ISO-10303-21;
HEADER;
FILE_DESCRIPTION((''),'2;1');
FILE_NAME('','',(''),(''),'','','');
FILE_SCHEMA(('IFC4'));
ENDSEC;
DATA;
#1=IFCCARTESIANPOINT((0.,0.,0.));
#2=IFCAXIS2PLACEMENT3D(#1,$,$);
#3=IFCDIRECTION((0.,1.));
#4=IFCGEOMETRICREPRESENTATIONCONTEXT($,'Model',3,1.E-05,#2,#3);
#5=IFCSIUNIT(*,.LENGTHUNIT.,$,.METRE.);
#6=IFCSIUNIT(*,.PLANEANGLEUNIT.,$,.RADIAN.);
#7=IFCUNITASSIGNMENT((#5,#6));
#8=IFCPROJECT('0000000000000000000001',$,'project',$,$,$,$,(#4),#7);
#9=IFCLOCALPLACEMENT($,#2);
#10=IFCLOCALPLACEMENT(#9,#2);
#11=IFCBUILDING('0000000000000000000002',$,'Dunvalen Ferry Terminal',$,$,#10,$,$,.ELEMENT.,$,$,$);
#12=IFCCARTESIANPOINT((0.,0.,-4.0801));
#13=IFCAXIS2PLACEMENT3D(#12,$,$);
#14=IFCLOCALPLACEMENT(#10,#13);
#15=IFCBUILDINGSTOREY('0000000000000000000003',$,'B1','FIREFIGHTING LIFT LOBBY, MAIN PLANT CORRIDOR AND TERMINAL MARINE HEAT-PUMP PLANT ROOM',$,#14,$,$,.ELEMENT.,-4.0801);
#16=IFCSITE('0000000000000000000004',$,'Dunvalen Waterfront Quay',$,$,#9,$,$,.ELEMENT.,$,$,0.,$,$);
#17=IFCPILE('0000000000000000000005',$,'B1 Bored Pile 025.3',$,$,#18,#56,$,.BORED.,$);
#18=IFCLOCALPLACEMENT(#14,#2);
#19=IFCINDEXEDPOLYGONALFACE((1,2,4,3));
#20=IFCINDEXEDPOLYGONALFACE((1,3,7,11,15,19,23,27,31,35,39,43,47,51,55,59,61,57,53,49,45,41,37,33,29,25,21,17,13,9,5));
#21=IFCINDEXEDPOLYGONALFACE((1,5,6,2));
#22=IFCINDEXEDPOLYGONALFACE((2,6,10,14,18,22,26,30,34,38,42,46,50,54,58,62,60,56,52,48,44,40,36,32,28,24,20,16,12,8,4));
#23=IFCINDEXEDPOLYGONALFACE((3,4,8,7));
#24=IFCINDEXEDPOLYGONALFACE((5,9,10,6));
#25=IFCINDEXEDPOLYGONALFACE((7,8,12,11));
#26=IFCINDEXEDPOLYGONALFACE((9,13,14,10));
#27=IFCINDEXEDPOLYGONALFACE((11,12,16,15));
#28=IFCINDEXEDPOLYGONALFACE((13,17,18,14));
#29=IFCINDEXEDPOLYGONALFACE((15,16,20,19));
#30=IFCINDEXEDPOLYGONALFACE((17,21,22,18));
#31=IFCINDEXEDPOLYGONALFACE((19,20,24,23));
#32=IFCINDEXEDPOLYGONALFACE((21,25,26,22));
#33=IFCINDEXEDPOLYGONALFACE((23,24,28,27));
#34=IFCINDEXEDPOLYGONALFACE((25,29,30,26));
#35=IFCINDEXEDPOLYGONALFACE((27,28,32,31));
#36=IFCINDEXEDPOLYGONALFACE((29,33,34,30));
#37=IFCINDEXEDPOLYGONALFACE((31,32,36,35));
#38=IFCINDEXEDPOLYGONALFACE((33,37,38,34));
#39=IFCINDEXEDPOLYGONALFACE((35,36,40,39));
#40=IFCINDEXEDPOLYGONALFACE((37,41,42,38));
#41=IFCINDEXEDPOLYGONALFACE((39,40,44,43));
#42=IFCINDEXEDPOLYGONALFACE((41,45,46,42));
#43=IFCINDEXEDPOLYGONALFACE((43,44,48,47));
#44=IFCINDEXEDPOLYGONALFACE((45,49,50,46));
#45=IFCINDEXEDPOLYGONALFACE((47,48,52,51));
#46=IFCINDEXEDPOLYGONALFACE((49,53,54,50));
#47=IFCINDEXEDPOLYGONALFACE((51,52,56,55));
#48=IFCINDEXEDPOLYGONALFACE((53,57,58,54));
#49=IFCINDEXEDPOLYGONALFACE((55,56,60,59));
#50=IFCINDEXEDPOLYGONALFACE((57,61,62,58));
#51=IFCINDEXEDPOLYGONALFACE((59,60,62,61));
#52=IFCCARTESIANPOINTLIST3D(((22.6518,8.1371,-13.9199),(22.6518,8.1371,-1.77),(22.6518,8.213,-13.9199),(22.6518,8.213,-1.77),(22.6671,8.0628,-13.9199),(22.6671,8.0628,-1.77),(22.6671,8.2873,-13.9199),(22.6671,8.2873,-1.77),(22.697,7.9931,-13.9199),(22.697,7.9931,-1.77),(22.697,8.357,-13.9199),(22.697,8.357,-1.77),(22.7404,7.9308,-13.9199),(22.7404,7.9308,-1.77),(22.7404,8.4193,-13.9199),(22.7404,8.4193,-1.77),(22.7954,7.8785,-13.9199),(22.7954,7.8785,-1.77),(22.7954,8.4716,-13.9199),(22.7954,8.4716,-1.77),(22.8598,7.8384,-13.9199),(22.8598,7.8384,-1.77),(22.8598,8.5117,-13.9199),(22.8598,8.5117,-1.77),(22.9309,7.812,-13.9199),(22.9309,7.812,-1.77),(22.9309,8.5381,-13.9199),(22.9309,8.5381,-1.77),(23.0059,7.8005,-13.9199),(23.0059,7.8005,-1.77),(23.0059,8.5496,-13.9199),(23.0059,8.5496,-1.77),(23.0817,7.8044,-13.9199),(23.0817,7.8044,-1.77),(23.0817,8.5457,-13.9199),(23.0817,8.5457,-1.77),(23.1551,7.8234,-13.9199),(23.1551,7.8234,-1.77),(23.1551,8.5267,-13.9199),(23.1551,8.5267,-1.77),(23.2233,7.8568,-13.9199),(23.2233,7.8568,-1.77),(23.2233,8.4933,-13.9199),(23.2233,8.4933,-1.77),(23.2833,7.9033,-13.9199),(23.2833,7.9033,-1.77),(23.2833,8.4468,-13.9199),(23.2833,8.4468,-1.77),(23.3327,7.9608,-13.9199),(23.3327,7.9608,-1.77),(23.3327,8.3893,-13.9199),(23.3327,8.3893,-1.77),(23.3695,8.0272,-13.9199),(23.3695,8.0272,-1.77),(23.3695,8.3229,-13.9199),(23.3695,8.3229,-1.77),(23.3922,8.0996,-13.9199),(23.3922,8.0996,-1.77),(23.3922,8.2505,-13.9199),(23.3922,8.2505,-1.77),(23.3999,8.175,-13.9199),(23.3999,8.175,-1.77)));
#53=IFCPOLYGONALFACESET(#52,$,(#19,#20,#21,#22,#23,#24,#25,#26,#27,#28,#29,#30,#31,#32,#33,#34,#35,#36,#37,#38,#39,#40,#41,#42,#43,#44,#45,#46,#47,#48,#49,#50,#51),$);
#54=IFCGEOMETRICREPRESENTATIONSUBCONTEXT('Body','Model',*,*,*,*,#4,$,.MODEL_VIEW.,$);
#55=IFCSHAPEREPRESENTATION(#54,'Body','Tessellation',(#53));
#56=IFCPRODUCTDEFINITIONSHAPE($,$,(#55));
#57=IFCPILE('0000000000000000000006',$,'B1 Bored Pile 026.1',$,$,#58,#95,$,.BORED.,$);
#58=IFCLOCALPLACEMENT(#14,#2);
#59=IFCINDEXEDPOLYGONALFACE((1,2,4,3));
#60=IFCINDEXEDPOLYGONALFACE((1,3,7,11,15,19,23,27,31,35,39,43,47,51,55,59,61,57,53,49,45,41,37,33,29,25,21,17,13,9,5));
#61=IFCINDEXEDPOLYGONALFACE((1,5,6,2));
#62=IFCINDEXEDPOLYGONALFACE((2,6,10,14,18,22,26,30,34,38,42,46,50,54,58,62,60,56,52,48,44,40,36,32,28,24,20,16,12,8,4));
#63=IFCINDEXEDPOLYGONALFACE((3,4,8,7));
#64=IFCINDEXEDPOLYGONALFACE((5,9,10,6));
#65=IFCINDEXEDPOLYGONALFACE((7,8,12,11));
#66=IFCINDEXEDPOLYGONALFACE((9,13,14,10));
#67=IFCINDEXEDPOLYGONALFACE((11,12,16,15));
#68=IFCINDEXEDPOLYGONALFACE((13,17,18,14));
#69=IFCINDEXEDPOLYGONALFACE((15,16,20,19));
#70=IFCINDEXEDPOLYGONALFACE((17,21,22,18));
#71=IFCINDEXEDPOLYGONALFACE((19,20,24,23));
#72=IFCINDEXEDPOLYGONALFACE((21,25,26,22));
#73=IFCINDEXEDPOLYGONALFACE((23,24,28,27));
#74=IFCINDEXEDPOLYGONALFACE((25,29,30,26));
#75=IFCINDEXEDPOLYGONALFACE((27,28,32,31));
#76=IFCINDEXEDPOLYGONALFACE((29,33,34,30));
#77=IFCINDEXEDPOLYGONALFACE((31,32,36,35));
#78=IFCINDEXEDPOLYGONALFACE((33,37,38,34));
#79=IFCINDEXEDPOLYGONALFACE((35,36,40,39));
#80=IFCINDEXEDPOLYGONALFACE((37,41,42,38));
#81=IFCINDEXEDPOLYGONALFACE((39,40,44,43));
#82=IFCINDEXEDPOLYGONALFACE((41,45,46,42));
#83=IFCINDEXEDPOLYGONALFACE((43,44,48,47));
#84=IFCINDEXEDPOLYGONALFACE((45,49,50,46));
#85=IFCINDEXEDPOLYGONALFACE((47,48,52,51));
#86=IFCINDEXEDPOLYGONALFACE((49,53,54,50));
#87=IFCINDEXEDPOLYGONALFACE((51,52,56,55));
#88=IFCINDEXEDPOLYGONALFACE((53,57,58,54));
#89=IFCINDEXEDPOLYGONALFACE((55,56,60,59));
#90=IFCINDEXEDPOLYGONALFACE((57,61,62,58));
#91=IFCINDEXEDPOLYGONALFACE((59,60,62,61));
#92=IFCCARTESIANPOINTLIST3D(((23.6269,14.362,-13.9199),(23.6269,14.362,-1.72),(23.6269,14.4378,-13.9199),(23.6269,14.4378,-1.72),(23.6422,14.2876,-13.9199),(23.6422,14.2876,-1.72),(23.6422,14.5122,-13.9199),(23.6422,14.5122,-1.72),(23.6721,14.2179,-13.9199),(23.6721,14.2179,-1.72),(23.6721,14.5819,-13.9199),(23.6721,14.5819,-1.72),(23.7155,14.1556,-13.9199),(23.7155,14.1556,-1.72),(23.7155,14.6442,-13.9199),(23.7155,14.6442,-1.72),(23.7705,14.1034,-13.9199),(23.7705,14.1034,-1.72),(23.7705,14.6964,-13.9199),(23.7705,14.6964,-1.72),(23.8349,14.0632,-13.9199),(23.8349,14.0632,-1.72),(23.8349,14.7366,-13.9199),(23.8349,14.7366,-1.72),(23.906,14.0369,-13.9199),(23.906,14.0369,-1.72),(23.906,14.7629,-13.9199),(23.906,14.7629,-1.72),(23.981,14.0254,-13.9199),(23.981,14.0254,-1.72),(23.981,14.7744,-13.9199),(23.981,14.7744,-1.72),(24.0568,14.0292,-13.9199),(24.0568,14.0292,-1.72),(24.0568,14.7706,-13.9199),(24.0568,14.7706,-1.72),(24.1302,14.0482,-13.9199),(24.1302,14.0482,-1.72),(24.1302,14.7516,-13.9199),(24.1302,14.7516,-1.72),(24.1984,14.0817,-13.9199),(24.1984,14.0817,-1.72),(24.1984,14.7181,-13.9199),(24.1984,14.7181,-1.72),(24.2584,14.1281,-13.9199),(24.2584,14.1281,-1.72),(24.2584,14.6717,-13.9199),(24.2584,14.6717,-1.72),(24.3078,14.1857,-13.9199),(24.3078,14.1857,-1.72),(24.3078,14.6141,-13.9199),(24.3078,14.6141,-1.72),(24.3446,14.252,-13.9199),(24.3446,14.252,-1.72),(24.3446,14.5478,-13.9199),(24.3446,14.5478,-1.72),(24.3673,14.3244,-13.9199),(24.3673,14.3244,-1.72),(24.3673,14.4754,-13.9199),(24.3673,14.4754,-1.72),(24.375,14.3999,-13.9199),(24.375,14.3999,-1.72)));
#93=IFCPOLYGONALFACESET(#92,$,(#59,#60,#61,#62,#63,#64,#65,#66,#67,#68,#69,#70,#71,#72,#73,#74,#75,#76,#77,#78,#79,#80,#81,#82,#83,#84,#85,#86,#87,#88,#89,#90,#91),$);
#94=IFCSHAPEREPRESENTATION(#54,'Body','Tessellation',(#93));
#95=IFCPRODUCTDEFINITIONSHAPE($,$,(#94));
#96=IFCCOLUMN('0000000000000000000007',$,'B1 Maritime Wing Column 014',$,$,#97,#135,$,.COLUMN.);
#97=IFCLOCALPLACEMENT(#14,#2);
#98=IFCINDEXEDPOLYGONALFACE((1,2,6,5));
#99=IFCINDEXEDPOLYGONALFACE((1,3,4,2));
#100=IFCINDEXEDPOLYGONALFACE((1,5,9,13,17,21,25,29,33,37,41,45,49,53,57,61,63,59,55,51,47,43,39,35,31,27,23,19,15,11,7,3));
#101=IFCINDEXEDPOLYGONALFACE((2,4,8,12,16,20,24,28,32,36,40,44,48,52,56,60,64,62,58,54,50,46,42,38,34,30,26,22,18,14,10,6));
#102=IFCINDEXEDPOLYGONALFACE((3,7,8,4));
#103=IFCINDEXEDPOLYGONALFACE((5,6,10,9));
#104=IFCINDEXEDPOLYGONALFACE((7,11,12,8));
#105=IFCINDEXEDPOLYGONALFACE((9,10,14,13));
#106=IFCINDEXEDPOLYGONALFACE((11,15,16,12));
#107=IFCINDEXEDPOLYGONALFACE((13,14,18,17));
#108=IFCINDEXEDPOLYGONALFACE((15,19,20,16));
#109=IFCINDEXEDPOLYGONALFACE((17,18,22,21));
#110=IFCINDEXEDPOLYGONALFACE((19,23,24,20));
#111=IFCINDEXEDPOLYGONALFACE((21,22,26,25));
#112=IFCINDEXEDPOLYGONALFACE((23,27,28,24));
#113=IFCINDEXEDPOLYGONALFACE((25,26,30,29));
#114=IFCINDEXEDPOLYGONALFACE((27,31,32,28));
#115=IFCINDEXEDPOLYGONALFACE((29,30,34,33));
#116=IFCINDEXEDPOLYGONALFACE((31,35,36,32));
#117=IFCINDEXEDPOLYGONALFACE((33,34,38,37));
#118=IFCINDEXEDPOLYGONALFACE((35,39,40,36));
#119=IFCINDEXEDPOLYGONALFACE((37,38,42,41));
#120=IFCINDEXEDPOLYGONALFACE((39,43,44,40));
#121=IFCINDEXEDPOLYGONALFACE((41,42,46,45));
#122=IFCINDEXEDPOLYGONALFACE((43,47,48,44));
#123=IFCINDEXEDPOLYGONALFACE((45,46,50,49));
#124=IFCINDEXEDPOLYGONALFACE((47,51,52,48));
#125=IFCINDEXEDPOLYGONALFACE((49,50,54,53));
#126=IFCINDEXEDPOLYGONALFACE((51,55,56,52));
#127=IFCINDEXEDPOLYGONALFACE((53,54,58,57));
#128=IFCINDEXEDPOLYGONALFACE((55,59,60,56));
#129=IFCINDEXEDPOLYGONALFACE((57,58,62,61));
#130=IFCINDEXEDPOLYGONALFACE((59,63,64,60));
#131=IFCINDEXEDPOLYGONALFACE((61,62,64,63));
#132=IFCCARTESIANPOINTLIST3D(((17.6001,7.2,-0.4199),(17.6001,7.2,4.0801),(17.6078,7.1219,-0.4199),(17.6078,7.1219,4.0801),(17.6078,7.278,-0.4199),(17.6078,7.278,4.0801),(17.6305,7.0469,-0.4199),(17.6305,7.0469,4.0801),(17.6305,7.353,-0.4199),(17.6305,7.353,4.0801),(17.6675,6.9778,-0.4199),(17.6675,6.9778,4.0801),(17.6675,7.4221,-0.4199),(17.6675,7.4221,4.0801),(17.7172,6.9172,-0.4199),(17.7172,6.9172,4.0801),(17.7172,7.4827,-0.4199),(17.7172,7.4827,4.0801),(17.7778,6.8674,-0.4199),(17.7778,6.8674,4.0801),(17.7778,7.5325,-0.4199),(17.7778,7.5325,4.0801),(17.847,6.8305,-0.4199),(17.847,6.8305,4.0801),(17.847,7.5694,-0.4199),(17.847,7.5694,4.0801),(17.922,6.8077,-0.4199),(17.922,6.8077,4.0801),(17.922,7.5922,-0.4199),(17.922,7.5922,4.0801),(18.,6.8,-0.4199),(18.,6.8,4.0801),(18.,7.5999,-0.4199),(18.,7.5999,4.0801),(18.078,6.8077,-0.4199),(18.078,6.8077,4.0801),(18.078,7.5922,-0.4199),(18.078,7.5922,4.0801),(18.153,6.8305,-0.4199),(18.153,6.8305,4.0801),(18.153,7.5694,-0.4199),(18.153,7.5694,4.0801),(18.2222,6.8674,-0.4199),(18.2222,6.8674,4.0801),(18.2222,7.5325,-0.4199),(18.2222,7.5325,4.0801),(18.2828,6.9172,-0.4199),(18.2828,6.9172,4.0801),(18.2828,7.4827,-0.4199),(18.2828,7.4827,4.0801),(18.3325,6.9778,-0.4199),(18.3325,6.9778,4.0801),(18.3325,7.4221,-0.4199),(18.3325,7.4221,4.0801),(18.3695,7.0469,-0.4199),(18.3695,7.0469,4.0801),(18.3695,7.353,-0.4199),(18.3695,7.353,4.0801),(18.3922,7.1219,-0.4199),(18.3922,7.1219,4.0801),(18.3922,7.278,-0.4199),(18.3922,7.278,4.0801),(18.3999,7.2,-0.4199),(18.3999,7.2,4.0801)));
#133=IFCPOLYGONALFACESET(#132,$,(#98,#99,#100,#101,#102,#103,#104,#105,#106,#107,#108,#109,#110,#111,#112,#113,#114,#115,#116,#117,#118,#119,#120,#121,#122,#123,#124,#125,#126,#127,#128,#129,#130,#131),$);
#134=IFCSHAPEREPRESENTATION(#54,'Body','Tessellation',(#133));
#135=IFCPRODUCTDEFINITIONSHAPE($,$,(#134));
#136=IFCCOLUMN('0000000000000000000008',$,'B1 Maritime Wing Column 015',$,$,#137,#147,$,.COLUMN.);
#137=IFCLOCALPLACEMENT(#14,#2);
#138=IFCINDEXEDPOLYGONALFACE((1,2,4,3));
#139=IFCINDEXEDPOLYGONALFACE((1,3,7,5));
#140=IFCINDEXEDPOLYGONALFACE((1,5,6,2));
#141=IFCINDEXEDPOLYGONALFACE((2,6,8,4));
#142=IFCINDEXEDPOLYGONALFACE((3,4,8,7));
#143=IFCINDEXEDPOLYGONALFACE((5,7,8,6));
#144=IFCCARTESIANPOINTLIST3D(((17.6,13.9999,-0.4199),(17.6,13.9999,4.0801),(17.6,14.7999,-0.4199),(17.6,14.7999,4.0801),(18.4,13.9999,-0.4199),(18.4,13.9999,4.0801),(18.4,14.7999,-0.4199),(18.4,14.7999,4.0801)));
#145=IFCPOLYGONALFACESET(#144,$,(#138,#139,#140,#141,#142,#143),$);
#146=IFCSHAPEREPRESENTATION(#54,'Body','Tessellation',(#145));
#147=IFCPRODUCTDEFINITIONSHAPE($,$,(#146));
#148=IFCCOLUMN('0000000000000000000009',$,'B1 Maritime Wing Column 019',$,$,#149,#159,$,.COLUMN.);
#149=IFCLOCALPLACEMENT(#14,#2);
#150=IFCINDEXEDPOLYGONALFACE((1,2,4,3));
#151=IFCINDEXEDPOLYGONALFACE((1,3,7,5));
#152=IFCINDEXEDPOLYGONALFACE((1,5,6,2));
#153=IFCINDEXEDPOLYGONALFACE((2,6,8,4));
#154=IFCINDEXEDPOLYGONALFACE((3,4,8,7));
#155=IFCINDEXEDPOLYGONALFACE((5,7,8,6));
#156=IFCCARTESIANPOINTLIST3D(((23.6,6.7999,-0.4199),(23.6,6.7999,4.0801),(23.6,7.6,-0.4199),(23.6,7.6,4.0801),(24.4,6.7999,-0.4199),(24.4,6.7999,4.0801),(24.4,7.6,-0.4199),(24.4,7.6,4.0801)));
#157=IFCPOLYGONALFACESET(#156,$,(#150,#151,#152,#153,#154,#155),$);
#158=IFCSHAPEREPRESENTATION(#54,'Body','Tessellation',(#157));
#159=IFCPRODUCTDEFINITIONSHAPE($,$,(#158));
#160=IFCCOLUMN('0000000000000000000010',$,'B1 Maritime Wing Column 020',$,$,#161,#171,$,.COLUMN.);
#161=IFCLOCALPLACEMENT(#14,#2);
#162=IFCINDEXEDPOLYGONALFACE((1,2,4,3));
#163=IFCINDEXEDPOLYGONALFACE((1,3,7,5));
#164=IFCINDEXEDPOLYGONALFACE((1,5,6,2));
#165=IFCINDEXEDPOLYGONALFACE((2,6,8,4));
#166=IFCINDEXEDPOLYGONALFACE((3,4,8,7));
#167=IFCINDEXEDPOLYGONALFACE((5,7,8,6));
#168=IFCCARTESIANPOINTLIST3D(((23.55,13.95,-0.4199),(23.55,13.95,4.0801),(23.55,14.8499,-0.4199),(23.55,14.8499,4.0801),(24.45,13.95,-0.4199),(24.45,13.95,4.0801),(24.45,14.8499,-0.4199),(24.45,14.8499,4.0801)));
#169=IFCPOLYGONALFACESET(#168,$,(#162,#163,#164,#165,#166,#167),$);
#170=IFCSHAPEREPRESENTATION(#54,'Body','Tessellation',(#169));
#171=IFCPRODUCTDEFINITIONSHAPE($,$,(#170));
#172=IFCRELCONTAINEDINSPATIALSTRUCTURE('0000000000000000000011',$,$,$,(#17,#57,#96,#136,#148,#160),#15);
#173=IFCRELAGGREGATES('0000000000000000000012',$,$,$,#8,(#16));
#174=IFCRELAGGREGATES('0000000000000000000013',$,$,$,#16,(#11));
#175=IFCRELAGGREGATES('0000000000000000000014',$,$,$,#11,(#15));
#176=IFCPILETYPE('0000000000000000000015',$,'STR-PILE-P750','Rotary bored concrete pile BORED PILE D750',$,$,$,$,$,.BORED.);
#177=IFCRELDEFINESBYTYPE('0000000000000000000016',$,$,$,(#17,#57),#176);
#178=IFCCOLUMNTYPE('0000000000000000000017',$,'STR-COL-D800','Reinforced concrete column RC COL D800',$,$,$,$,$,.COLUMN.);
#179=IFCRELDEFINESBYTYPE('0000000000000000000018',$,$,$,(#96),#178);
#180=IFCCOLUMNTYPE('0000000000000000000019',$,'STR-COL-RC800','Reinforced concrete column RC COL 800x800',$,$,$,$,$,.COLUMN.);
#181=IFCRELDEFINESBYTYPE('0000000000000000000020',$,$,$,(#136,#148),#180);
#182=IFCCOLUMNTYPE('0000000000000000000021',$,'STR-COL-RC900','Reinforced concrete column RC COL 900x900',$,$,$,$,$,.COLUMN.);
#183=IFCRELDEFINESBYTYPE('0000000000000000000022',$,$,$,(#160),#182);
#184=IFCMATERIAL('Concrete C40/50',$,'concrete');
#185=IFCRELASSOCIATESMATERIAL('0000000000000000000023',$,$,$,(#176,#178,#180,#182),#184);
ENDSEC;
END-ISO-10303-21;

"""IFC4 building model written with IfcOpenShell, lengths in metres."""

from ifc_helpers import new_model, si_unit, direction, frame, origin, origin_2d, place, context, subcontext, project, spatial, rectangle, circle, extrude, material, material_profile, profile_set, type_object, element, save


model = new_model("IFC4")

# Units and contexts
model_context = context("Model", 3, precision=1e-05, world=origin(), true_north=direction((0.0, 1.0)))
body_context = subcontext(model_context, "Body", "Model", "MODEL_VIEW")
ifc_project = project(units=[si_unit("LENGTHUNIT", "METRE"), si_unit("PLANEANGLEUNIT", "RADIAN")], contexts=[model_context])

# Site, building, storey
site_placement = place(None, origin())
site = spatial("IfcSite", under=ifc_project, at=site_placement, Name="Dunvalen Waterfront Quay", CompositionType="ELEMENT", RefElevation=0.0)
building_placement = place(site_placement, origin())
building = spatial("IfcBuilding", under=site, at=building_placement, Name="Dunvalen Ferry Terminal", CompositionType="ELEMENT")
storey_placement = place(building_placement, frame((0.0, 0.0, -4.0801)))
storey = spatial("IfcBuildingStorey", under=building, at=storey_placement, Name="B1", Description="FIREFIGHTING LIFT LOBBY, MAIN PLANT CORRIDOR AND TERMINAL MARINE HEAT-PUMP PLANT ROOM", CompositionType="ELEMENT", Elevation=-4.0801)

# Shared definitions
ifc_material = material(Name="Concrete C40/50", Category="concrete")

# Piles
ifc_material_profile_1 = material_profile(ifc_material, circle(Radius=0.375, at=origin_2d()), Name="Concrete C40/50")
ifc_profile_set_1 = profile_set([ifc_material_profile_1], Name="Concrete C40/50")
pile_type = type_object("IfcPileType", Name="STR-PILE-P750", Description="Rotary bored concrete pile BORED PILE D750", PredefinedType="BORED", material=ifc_profile_set_1)
pile_1_placement = place(storey_placement, frame((23.0249, 8.175, -1.77), z_axis=(0.0, 0.0, -1.0), x_axis=(1.0, 0.0, 0.0)))
element("IfcPile", 1, at=pile_1_placement, inside=storey, type_object=pile_type, Name="B1 Bored Pile 025.3", PredefinedType="BORED", context=body_context, shape_type="SweptSolid", body=[
    extrude(circle(Radius=0.375, at=origin_2d()), origin(), (0.0, 0.0, 1.0), 12.1499),
])
pile_2_placement = place(storey_placement, frame((24.0, 14.3999, -1.72), z_axis=(0.0, 0.0, -1.0), x_axis=(1.0, 0.0, 0.0)))
element("IfcPile", 2, at=pile_2_placement, inside=storey, type_object=pile_type, Name="B1 Bored Pile 026.1", PredefinedType="BORED", context=body_context, shape_type="SweptSolid", body=[
    extrude(circle(Radius=0.375, at=origin_2d()), origin(), (0.0, 0.0, 1.0), 12.2),
])

# Columns
ifc_material_profile_2 = material_profile(ifc_material, circle(Radius=0.3999, at=origin_2d()), Name="Concrete C40/50")
ifc_profile_set_2 = profile_set([ifc_material_profile_2], Name="Concrete C40/50")
column_type_1 = type_object("IfcColumnType", Name="STR-COL-D800", Description="Reinforced concrete column RC COL D800", PredefinedType="COLUMN", material=ifc_profile_set_2)
column_1_placement = place(storey_placement, frame((18.0, 7.2, -0.4199), z_axis=(0.0, 0.0, 1.0), x_axis=(1.0, 0.0, 0.0)))
element("IfcColumn", 3, at=column_1_placement, inside=storey, type_object=column_type_1, Name="B1 Maritime Wing Column 014", PredefinedType="COLUMN", context=body_context, shape_type="SweptSolid", body=[
    extrude(circle(Radius=0.3999, at=origin_2d()), origin(), (0.0, 0.0, 1.0), 4.5),
])
ifc_material_profile_3 = material_profile(ifc_material, rectangle(XDim=0.8, YDim=0.8, at=origin_2d()), Name="Concrete C40/50")
ifc_profile_set_3 = profile_set([ifc_material_profile_3], Name="Concrete C40/50")
column_type_2 = type_object("IfcColumnType", Name="STR-COL-RC800", Description="Reinforced concrete column RC COL 800x800", PredefinedType="COLUMN", material=ifc_profile_set_3)
for number, where, z_axis, x_axis, name in (
    (4, (18.0, 14.3999, -0.4199), (0.0, 0.0, 1.0), (1.0, 0.0, 0.0), "B1 Maritime Wing Column 015"),
    (5, (24.0, 7.2, -0.4199), (0.0, 0.0, 1.0), (1.0, 0.0, 0.0), "B1 Maritime Wing Column 019"),
):
    element("IfcColumn", number, at=place(storey_placement, frame(where, z_axis=z_axis, x_axis=x_axis)), inside=storey, type_object=column_type_2, Name=name, PredefinedType="COLUMN", context=body_context, shape_type="SweptSolid", body=[
        extrude(rectangle(XDim=0.8, YDim=0.8, at=origin_2d()), origin(), (0.0, 0.0, 1.0), 4.5),
    ])
ifc_material_profile_4 = material_profile(ifc_material, rectangle(XDim=0.8999, YDim=0.8999, at=origin_2d()), Name="Concrete C40/50")
ifc_profile_set_4 = profile_set([ifc_material_profile_4], Name="Concrete C40/50")
column_type_3 = type_object("IfcColumnType", Name="STR-COL-RC900", Description="Reinforced concrete column RC COL 900x900", PredefinedType="COLUMN", material=ifc_profile_set_4)
column_2_placement = place(storey_placement, frame((24.0, 14.3999, -0.4199), z_axis=(0.0, 0.0, 1.0), x_axis=(1.0, 0.0, 0.0)))
element("IfcColumn", 6, at=column_2_placement, inside=storey, type_object=column_type_3, Name="B1 Maritime Wing Column 020", PredefinedType="COLUMN", context=body_context, shape_type="SweptSolid", body=[
    extrude(rectangle(XDim=0.8999, YDim=0.8999, at=origin_2d()), origin(), (0.0, 0.0, 1.0), 4.5),
])

save(model, "model.ifc")
